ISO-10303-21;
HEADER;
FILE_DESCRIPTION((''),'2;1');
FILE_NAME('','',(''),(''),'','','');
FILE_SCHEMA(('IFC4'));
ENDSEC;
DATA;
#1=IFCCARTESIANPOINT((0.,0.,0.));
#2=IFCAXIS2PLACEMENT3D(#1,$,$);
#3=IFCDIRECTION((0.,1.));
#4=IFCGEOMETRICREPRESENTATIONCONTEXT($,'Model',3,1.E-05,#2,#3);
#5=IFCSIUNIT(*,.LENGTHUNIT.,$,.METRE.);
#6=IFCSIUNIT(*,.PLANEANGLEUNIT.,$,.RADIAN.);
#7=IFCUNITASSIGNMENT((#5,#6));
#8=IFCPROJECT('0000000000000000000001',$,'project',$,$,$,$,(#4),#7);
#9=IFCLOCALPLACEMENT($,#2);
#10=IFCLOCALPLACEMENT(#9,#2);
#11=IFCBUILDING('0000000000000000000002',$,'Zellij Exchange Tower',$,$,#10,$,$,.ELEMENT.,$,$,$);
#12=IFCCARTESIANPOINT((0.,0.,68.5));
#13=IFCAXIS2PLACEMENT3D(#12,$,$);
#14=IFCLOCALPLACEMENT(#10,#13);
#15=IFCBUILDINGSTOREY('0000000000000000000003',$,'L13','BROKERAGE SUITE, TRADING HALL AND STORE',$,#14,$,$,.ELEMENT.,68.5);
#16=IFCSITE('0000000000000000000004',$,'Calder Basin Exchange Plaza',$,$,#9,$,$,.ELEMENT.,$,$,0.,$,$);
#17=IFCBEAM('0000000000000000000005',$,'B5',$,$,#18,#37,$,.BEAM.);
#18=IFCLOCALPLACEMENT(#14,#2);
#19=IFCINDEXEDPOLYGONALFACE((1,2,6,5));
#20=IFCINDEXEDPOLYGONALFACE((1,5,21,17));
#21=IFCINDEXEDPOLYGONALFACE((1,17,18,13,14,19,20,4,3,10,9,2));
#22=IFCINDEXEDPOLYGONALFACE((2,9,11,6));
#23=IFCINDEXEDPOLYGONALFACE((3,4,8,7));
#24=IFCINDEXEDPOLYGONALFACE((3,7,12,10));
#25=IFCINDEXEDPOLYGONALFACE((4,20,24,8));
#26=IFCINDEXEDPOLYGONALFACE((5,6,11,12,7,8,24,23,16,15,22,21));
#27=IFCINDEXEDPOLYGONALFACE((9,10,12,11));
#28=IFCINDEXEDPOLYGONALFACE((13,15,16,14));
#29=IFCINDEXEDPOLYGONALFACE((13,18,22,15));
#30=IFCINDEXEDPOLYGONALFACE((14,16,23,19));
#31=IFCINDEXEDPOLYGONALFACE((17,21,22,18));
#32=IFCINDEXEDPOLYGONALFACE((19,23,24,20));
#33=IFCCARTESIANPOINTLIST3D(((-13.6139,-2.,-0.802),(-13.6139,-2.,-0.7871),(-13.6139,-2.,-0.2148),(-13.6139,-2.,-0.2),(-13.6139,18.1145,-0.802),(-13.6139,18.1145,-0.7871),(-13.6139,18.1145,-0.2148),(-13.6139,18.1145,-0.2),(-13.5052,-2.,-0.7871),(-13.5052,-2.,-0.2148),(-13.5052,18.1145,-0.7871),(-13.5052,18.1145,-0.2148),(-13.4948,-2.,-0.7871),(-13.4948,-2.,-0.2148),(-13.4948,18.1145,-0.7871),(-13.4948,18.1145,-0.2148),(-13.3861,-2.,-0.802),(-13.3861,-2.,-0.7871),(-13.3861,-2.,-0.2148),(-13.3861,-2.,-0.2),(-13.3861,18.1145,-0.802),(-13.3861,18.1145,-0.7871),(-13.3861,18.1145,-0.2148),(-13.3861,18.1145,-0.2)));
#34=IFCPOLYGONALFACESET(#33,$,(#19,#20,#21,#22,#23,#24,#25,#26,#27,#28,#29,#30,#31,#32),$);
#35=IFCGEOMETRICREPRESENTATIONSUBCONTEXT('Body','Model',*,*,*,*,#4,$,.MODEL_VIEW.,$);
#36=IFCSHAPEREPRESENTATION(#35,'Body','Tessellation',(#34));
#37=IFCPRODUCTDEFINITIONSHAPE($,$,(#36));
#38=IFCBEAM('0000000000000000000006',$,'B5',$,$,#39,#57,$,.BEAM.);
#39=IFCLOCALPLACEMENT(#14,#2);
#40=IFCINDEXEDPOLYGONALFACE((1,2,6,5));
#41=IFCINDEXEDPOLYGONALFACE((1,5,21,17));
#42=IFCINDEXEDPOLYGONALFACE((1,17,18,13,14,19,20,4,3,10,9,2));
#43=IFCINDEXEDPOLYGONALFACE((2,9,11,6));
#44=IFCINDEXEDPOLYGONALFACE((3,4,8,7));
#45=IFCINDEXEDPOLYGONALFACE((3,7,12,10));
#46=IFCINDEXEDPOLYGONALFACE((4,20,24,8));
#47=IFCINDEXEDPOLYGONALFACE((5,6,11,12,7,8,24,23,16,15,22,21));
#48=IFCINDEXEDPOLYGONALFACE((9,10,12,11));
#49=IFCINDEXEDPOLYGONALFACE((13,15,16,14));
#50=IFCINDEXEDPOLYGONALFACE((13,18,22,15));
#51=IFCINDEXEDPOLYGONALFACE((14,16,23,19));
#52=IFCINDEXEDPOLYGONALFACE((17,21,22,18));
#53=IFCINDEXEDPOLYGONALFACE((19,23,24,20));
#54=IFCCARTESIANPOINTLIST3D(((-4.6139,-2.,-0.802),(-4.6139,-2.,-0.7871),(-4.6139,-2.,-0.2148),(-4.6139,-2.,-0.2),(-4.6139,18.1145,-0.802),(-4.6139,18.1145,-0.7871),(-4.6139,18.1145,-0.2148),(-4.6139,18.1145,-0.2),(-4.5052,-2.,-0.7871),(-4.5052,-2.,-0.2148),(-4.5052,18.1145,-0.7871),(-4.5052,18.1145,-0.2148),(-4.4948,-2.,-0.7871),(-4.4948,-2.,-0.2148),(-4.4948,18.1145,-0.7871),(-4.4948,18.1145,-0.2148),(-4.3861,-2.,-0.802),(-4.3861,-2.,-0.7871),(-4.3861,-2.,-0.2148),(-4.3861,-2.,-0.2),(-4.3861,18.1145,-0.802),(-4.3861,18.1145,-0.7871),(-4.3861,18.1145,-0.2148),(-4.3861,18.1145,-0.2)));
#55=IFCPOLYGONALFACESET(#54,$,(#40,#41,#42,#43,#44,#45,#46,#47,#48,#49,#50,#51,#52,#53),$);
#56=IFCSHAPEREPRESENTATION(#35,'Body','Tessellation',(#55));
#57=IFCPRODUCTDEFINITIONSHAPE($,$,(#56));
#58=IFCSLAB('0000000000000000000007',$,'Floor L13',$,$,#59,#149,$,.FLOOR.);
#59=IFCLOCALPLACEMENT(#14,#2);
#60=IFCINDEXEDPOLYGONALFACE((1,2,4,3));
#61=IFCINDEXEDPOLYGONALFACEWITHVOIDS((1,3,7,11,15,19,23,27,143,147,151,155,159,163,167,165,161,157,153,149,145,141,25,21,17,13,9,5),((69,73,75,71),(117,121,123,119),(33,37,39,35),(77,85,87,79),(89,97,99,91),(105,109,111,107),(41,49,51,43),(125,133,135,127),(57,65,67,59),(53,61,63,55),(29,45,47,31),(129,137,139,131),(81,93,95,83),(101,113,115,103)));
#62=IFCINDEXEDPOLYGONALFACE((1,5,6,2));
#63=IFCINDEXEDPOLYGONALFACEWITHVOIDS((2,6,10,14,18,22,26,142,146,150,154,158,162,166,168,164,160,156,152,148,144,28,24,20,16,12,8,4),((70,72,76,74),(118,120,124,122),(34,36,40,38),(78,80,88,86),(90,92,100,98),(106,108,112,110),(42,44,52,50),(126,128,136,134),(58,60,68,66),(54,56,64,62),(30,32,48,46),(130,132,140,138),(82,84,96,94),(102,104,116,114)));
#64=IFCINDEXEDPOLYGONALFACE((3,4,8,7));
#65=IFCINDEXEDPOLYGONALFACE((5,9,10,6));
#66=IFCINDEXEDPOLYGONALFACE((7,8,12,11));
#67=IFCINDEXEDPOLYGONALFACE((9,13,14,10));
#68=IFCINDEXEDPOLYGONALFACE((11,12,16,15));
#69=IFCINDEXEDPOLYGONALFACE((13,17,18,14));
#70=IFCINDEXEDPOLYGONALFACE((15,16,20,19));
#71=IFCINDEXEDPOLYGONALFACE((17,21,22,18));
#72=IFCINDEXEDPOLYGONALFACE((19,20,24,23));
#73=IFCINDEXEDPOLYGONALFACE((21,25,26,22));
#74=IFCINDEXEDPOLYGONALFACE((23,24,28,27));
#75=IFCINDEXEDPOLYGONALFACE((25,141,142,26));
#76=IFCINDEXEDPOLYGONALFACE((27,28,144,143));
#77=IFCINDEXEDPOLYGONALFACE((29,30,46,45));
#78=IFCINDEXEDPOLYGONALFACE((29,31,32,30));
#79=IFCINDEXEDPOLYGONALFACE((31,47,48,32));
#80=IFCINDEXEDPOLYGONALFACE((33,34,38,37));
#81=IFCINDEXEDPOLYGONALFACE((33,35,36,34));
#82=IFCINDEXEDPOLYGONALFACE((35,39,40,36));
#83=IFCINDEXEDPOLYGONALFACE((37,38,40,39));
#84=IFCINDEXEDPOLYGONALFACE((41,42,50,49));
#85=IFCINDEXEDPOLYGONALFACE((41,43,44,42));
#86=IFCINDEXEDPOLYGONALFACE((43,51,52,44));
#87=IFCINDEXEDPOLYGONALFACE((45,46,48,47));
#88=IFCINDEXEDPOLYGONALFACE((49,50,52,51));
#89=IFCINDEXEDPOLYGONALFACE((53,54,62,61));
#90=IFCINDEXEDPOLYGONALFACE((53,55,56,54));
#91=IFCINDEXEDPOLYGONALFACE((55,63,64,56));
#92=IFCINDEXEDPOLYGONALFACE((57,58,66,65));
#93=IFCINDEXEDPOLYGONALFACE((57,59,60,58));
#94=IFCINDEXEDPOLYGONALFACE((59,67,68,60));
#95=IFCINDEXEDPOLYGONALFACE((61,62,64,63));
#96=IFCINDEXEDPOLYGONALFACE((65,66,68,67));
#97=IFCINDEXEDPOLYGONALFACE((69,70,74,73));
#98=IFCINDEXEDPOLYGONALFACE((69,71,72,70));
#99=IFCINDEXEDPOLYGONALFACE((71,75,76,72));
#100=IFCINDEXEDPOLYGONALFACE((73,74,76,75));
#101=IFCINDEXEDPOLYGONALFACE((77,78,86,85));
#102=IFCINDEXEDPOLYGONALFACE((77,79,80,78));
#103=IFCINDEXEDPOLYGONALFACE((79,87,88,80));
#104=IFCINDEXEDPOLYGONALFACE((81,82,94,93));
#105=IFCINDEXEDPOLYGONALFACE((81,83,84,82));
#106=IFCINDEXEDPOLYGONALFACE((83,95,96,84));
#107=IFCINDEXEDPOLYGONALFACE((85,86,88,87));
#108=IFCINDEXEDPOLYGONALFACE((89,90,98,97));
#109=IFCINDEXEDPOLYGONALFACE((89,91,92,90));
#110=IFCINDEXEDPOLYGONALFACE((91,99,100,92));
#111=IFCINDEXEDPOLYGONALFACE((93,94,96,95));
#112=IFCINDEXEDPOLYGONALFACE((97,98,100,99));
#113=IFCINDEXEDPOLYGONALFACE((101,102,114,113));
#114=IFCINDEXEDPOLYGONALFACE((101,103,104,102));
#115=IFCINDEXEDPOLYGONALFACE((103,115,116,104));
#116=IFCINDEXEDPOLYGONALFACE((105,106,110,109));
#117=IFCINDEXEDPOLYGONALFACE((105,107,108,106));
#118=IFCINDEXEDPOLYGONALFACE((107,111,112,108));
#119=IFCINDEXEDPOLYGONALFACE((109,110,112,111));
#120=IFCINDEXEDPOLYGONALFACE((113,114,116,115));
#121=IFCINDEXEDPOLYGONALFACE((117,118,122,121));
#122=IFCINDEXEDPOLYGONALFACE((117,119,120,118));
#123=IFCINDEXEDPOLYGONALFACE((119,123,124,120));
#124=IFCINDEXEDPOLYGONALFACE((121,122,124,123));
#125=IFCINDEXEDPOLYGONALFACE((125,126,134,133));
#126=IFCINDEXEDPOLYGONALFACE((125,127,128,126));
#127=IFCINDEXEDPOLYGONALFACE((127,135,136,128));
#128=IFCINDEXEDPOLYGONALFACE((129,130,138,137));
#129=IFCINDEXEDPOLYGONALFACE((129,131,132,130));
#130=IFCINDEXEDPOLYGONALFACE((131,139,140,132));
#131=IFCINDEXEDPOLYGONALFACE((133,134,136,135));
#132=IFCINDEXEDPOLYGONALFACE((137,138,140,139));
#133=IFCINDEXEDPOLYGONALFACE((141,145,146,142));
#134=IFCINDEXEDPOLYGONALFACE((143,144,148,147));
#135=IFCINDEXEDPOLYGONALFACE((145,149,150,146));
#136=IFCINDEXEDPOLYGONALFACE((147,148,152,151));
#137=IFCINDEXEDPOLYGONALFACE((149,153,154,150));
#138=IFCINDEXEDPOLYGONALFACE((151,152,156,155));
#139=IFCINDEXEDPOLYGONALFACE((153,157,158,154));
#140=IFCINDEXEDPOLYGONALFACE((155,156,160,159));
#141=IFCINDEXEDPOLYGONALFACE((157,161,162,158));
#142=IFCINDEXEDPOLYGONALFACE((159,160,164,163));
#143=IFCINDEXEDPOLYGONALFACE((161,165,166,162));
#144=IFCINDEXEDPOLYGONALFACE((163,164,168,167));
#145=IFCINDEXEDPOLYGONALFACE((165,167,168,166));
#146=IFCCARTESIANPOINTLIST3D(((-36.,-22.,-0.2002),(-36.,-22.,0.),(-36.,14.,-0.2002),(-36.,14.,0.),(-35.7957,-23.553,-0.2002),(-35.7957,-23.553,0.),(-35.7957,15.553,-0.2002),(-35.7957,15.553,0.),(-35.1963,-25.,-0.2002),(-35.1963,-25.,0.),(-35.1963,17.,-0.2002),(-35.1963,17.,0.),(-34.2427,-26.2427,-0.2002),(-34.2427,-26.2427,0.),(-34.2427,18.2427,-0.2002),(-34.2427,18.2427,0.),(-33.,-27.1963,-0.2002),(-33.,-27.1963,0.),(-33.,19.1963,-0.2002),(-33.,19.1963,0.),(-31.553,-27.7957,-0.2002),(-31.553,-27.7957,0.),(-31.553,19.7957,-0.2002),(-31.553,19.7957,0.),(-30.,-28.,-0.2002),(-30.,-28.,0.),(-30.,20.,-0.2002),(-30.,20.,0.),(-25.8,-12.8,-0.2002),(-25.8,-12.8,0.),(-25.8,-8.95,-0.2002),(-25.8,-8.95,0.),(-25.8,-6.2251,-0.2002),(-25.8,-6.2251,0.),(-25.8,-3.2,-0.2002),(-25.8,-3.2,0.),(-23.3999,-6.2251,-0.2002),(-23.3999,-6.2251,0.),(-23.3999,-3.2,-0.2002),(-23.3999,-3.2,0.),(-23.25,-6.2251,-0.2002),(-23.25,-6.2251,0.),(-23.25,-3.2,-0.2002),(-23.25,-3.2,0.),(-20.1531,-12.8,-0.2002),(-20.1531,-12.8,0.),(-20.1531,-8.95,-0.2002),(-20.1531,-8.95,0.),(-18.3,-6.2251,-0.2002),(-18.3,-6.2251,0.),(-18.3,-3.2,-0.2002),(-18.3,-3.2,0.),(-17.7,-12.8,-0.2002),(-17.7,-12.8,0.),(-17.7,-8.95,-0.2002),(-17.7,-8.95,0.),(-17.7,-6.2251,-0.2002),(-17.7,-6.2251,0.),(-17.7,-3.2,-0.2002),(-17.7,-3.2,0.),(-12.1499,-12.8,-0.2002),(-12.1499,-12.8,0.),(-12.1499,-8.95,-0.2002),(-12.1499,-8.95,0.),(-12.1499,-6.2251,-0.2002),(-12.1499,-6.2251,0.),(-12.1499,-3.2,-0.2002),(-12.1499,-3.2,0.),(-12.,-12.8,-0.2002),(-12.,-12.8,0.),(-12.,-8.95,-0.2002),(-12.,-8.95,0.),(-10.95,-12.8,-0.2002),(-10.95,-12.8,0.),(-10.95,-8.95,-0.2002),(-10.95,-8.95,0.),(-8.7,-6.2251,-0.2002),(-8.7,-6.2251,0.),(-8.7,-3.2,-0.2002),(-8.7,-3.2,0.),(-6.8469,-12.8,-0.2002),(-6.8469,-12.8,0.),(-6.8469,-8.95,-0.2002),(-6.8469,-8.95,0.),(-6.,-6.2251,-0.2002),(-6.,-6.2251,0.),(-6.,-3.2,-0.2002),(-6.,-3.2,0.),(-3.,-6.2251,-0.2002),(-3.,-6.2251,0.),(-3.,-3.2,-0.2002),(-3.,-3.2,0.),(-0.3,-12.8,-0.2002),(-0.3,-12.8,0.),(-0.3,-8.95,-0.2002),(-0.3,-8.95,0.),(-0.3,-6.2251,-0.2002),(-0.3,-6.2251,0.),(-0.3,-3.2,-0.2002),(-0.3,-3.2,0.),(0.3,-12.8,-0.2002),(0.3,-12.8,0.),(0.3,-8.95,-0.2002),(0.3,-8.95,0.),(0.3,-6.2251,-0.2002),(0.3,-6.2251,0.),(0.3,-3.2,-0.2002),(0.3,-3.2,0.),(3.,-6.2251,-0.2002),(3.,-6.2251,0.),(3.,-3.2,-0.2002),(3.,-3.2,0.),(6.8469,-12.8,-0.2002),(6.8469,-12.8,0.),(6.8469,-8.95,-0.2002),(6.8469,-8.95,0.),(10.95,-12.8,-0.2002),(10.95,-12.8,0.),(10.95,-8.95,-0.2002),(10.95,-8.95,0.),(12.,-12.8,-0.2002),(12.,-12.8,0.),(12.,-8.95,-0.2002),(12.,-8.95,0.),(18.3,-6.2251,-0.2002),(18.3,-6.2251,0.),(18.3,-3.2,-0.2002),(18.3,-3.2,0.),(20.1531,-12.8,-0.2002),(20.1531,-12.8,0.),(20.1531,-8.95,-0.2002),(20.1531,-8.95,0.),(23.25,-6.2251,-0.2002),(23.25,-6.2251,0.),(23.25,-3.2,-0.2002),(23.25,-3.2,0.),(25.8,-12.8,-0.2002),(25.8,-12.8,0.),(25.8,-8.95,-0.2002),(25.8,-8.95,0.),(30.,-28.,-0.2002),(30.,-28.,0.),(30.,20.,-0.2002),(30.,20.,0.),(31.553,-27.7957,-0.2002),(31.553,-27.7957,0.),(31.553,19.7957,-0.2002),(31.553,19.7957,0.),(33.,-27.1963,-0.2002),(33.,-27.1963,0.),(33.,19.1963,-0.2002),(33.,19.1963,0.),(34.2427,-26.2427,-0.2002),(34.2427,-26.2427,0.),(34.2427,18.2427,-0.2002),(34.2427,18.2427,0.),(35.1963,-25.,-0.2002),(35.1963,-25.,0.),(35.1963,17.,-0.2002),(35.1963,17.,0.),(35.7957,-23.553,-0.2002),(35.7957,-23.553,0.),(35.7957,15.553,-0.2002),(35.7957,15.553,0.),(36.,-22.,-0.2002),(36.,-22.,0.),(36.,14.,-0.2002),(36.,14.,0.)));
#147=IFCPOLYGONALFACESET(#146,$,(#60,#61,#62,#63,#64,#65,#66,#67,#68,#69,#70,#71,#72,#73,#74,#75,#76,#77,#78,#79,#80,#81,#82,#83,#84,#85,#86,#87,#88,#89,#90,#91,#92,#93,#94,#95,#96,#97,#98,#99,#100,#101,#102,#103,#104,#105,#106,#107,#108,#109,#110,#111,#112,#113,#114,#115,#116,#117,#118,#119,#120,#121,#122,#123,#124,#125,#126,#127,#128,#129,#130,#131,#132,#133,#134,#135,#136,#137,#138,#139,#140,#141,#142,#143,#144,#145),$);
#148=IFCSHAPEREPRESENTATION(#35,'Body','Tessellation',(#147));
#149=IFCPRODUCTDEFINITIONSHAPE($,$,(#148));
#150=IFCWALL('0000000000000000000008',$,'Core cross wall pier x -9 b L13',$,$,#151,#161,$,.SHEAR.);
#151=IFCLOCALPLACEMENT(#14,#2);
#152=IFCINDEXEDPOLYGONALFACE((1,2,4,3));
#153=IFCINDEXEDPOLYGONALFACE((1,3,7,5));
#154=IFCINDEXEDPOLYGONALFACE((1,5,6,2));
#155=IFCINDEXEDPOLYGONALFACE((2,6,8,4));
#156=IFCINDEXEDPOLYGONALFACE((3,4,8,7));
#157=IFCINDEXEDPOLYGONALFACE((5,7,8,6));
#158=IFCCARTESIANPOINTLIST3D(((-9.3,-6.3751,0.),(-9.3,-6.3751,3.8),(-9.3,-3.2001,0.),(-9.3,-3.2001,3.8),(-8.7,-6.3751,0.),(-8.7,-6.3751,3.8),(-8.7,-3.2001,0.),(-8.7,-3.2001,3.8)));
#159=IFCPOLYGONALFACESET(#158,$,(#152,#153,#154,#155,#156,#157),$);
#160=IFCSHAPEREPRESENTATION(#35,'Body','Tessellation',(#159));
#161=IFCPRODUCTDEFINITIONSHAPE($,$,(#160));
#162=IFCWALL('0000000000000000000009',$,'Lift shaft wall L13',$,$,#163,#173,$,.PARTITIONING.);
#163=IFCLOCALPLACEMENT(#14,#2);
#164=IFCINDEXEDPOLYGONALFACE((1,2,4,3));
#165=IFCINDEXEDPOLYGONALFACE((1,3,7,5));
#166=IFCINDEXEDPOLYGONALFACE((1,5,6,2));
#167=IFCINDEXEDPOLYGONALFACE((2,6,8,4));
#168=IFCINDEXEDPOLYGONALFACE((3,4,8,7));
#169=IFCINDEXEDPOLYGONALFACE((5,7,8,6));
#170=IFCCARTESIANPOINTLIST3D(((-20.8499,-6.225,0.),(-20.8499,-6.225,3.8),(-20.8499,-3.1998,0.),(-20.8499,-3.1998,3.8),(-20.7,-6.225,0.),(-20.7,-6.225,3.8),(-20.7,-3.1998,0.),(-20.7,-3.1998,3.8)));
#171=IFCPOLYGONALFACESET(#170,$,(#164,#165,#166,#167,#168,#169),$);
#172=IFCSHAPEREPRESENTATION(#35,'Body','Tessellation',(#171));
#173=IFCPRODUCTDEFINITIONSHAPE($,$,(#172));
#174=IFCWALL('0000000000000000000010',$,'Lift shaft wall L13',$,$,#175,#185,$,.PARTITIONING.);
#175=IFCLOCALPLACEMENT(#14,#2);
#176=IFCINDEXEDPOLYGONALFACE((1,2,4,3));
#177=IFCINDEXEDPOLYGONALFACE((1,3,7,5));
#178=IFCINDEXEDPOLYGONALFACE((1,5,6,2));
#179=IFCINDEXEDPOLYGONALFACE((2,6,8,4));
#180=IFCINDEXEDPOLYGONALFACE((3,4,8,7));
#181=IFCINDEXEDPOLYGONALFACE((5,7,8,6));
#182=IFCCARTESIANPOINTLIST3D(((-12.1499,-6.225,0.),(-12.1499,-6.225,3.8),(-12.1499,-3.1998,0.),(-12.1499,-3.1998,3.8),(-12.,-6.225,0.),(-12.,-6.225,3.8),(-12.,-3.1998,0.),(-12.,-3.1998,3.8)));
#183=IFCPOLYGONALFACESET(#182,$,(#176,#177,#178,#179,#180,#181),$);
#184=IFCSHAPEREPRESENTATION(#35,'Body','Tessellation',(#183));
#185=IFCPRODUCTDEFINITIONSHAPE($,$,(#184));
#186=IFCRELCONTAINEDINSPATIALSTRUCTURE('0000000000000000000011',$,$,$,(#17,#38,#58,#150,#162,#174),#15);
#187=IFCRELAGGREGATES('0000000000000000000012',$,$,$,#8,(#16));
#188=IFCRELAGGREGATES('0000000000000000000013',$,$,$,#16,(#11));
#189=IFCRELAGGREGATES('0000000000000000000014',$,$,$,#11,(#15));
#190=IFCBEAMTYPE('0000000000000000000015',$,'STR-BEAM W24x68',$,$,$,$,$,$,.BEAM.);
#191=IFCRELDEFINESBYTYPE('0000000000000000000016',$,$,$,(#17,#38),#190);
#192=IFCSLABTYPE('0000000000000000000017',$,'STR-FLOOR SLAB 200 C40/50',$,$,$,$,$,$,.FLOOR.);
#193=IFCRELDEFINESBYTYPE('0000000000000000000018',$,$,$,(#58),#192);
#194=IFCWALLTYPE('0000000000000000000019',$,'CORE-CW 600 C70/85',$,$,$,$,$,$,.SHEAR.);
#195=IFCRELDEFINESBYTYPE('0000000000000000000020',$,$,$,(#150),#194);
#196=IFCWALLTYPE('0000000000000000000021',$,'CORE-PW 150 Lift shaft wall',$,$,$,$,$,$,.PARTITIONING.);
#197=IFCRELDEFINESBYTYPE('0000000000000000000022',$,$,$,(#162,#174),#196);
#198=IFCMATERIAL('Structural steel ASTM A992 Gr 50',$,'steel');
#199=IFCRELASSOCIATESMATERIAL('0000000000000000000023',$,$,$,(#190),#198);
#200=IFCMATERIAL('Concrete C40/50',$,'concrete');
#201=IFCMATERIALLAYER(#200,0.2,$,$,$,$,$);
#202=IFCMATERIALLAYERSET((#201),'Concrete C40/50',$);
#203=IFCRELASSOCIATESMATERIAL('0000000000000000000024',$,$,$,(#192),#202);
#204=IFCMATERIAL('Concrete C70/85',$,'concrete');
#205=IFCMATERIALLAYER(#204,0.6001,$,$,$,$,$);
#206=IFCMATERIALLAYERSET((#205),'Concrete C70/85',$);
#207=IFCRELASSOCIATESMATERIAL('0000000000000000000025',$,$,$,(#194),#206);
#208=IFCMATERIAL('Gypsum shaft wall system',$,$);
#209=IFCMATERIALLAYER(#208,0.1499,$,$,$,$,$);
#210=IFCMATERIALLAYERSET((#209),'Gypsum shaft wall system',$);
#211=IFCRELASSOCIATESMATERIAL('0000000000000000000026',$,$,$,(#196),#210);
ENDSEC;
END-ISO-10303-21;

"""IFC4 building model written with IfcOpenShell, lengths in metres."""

from ifc_helpers import new_model, si_unit, direction, frame, frame_2d, origin, origin_2d, place, context, subcontext, project, spatial, polyline, rectangle, i_section, outline, extrude, material, layer, layer_set, material_profile, profile_set, type_object, element, save


model = new_model("IFC4")

# Units and contexts
model_context = context("Model", 3, precision=1e-05, world=origin(), true_north=direction((0.0, 1.0)))
body_context = subcontext(model_context, "Body", "Model", "MODEL_VIEW")
ifc_project = project(units=[si_unit("LENGTHUNIT", "METRE"), si_unit("PLANEANGLEUNIT", "RADIAN")], contexts=[model_context])

# Site, building, storey
site_placement = place(None, origin())
site = spatial("IfcSite", under=ifc_project, at=site_placement, Name="Calder Basin Exchange Plaza", CompositionType="ELEMENT", RefElevation=0.0)
building_placement = place(site_placement, origin())
building = spatial("IfcBuilding", under=site, at=building_placement, Name="Zellij Exchange Tower", CompositionType="ELEMENT")
storey_placement = place(building_placement, frame((0.0, 0.0, 68.5)))
storey = spatial("IfcBuildingStorey", under=building, at=storey_placement, Name="L13", Description="BROKERAGE SUITE, TRADING HALL AND STORE", CompositionType="ELEMENT", Elevation=68.5)

# Beams
ifc_material_1 = material(Name="Structural steel ASTM A992 Gr 50", Category="steel")
ifc_material_profile = material_profile(ifc_material_1, i_section(OverallWidth=0.2278, OverallDepth=0.6021, WebThickness=0.0105, FlangeThickness=0.0149, at=origin_2d()), Name="W24x68")
ifc_profile_set = profile_set([ifc_material_profile], Name="Structural steel ASTM A992 Gr 50")
beam_type = type_object("IfcBeamType", Name="STR-BEAM W24x68", PredefinedType="BEAM", material=ifc_profile_set)
for number, where, z_axis, x_axis, name in (
    (1, (-13.5, -2.0, -0.501), (0.0, 1.0, 0.0), (-1.0, 0.0, 0.0), "B5"),
    (2, (-4.5, -2.0, -0.501), (0.0, 1.0, 0.0), (-1.0, 0.0, 0.0), "B5"),
):
    element("IfcBeam", number, at=place(storey_placement, frame(where, z_axis=z_axis, x_axis=x_axis)), inside=storey, type_object=beam_type, Name=name, PredefinedType="BEAM", context=body_context, shape_type="SweptSolid", body=[
        extrude(i_section(OverallWidth=0.2278, OverallDepth=0.6021, WebThickness=0.0105, FlangeThickness=0.0149, at=origin_2d()), origin(), (0.0, 0.0, 1.0), 20.1145),
    ])

# Slab
ifc_material_2 = material(Name="Concrete C40/50", Category="concrete")
ifc_layer_1 = layer(ifc_material_2, 0.2)
ifc_layer_set_1 = layer_set([ifc_layer_1], Name="Concrete C40/50")
slab_type = type_object("IfcSlabType", Name="STR-FLOOR SLAB 200 C40/50", PredefinedType="FLOOR", material=ifc_layer_set_1)
slab_placement = place(storey_placement, frame((0.0, 0.0, -0.2002)))
element("IfcSlab", 3, at=slab_placement, inside=storey, type_object=slab_type, Name="Floor L13", PredefinedType="FLOOR", context=body_context, shape_type="SweptSolid", body=[
    extrude(outline(polyline([(-30.0, -28.0), (-31.553, -27.7957), (-33.0, -27.1963), (-34.2427, -26.2427), (-35.1963, -25.0), (-35.7957, -23.553), (-36.0, -22.0), (-36.0, 14.0), (-35.7957, 15.553), (-35.1963, 17.0), (-34.2427, 18.2427), (-33.0, 19.1963), (-31.553, 19.7957), (-30.0, 20.0), (30.0, 20.0), (31.553, 19.7957), (33.0, 19.1963), (34.2427, 18.2427), (35.1963, 17.0), (35.7957, 15.553), (36.0, 14.0), (36.0, -22.0), (35.7957, -23.553), (35.1963, -25.0), (34.2427, -26.2427), (33.0, -27.1963), (31.553, -27.7957), (30.0, -28.0), (-30.0, -28.0)]), holes=[polyline([(-25.8, -8.95), (-25.8, -12.8), (-20.1531, -12.8), (-20.1531, -8.95), (-25.8, -8.95)]), polyline([(-12.1499, -8.95), (-17.7, -8.95), (-17.7, -12.8), (-12.1499, -12.8), (-12.1499, -8.95)]), polyline([(-10.95, -8.95), (-12.0, -8.95), (-12.0, -12.8), (-10.95, -12.8), (-10.95, -8.95)]), polyline([(-23.3999, -3.2), (-25.8, -3.2), (-25.8, -6.2251), (-23.3999, -6.2251), (-23.3999, -3.2)]), polyline([(-18.3, -3.2), (-23.25, -3.2), (-23.25, -6.2251), (-18.3, -6.2251), (-18.3, -3.2)]), polyline([(-12.1499, -3.2), (-17.7, -3.2), (-17.7, -6.2251), (-12.1499, -6.2251), (-12.1499, -3.2)]), polyline([(-6.0, -3.2), (-8.7, -3.2), (-8.7, -6.2251), (-6.0, -6.2251), (-6.0, -3.2)]), polyline([(-6.8469, -8.95), (-6.8469, -12.8), (-0.3, -12.8), (-0.3, -8.95), (-6.8469, -8.95)]), polyline([(6.8469, -8.95), (0.3, -8.95), (0.3, -12.8), (6.8469, -12.8), (6.8469, -8.95)]), polyline([(12.0, -8.95), (10.95, -8.95), (10.95, -12.8), (12.0, -12.8), (12.0, -8.95)]), polyline([(25.8, -8.95), (20.1531, -8.95), (20.1531, -12.8), (25.8, -12.8), (25.8, -8.95)]), polyline([(-0.3, -3.2), (-3.0, -3.2), (-3.0, -6.2251), (-0.3, -6.2251), (-0.3, -3.2)]), polyline([(3.0, -3.2), (0.3, -3.2), (0.3, -6.2251), (3.0, -6.2251), (3.0, -3.2)]), polyline([(23.25, -3.2), (18.3, -3.2), (18.3, -6.2251), (23.25, -6.2251), (23.25, -3.2)])]), origin(), (0.0, 0.0, 1.0), 0.2002),
])

# Walls
ifc_material_3 = material(Name="Concrete C70/85", Category="concrete")
ifc_layer_2 = layer(ifc_material_3, 0.6001)
ifc_layer_set_2 = layer_set([ifc_layer_2], Name="Concrete C70/85")
wall_type_1 = type_object("IfcWallType", Name="CORE-CW 600 C70/85", PredefinedType="SHEAR", material=ifc_layer_set_2)
wall_1_placement = place(storey_placement, frame((-9.0, -6.375, 0.0), z_axis=(0.0, 0.0, 1.0), x_axis=(0.0, 1.0, 0.0)))
element("IfcWall", 4, at=wall_1_placement, inside=storey, type_object=wall_type_1, Name="Core cross wall pier x -9 b L13", PredefinedType="SHEAR", context=body_context, shape_type="SweptSolid", body=[
    extrude(rectangle(XDim=3.175, YDim=0.6001, at=frame_2d((1.5874, 0.0))), origin(), (0.0, 0.0, 1.0), 3.8),
])
ifc_material_4 = material(Name="Gypsum shaft wall system")
ifc_layer_3 = layer(ifc_material_4, 0.1499)
ifc_layer_set_3 = layer_set([ifc_layer_3], Name="Gypsum shaft wall system")
wall_type_2 = type_object("IfcWallType", Name="CORE-PW 150 Lift shaft wall", PredefinedType="PARTITIONING", material=ifc_layer_set_3)
for number, where, z_axis, x_axis, name in (
    (5, (-20.7749, -6.2251, 0.0), (0.0, 0.0, 1.0), (0.0, 1.0, 0.0), "Lift shaft wall L13"),
    (6, (-12.075, -6.2251, 0.0), (0.0, 0.0, 1.0), (0.0, 1.0, 0.0), "Lift shaft wall L13"),
):
    element("IfcWall", number, at=place(storey_placement, frame(where, z_axis=z_axis, x_axis=x_axis)), inside=storey, type_object=wall_type_2, Name=name, PredefinedType="PARTITIONING", context=body_context, shape_type="SweptSolid", body=[
        extrude(rectangle(XDim=3.0251, YDim=0.1499, at=frame_2d((1.5127, 0.0))), origin(), (0.0, 0.0, 1.0), 3.8),
    ])

save(model, "model.ifc")
